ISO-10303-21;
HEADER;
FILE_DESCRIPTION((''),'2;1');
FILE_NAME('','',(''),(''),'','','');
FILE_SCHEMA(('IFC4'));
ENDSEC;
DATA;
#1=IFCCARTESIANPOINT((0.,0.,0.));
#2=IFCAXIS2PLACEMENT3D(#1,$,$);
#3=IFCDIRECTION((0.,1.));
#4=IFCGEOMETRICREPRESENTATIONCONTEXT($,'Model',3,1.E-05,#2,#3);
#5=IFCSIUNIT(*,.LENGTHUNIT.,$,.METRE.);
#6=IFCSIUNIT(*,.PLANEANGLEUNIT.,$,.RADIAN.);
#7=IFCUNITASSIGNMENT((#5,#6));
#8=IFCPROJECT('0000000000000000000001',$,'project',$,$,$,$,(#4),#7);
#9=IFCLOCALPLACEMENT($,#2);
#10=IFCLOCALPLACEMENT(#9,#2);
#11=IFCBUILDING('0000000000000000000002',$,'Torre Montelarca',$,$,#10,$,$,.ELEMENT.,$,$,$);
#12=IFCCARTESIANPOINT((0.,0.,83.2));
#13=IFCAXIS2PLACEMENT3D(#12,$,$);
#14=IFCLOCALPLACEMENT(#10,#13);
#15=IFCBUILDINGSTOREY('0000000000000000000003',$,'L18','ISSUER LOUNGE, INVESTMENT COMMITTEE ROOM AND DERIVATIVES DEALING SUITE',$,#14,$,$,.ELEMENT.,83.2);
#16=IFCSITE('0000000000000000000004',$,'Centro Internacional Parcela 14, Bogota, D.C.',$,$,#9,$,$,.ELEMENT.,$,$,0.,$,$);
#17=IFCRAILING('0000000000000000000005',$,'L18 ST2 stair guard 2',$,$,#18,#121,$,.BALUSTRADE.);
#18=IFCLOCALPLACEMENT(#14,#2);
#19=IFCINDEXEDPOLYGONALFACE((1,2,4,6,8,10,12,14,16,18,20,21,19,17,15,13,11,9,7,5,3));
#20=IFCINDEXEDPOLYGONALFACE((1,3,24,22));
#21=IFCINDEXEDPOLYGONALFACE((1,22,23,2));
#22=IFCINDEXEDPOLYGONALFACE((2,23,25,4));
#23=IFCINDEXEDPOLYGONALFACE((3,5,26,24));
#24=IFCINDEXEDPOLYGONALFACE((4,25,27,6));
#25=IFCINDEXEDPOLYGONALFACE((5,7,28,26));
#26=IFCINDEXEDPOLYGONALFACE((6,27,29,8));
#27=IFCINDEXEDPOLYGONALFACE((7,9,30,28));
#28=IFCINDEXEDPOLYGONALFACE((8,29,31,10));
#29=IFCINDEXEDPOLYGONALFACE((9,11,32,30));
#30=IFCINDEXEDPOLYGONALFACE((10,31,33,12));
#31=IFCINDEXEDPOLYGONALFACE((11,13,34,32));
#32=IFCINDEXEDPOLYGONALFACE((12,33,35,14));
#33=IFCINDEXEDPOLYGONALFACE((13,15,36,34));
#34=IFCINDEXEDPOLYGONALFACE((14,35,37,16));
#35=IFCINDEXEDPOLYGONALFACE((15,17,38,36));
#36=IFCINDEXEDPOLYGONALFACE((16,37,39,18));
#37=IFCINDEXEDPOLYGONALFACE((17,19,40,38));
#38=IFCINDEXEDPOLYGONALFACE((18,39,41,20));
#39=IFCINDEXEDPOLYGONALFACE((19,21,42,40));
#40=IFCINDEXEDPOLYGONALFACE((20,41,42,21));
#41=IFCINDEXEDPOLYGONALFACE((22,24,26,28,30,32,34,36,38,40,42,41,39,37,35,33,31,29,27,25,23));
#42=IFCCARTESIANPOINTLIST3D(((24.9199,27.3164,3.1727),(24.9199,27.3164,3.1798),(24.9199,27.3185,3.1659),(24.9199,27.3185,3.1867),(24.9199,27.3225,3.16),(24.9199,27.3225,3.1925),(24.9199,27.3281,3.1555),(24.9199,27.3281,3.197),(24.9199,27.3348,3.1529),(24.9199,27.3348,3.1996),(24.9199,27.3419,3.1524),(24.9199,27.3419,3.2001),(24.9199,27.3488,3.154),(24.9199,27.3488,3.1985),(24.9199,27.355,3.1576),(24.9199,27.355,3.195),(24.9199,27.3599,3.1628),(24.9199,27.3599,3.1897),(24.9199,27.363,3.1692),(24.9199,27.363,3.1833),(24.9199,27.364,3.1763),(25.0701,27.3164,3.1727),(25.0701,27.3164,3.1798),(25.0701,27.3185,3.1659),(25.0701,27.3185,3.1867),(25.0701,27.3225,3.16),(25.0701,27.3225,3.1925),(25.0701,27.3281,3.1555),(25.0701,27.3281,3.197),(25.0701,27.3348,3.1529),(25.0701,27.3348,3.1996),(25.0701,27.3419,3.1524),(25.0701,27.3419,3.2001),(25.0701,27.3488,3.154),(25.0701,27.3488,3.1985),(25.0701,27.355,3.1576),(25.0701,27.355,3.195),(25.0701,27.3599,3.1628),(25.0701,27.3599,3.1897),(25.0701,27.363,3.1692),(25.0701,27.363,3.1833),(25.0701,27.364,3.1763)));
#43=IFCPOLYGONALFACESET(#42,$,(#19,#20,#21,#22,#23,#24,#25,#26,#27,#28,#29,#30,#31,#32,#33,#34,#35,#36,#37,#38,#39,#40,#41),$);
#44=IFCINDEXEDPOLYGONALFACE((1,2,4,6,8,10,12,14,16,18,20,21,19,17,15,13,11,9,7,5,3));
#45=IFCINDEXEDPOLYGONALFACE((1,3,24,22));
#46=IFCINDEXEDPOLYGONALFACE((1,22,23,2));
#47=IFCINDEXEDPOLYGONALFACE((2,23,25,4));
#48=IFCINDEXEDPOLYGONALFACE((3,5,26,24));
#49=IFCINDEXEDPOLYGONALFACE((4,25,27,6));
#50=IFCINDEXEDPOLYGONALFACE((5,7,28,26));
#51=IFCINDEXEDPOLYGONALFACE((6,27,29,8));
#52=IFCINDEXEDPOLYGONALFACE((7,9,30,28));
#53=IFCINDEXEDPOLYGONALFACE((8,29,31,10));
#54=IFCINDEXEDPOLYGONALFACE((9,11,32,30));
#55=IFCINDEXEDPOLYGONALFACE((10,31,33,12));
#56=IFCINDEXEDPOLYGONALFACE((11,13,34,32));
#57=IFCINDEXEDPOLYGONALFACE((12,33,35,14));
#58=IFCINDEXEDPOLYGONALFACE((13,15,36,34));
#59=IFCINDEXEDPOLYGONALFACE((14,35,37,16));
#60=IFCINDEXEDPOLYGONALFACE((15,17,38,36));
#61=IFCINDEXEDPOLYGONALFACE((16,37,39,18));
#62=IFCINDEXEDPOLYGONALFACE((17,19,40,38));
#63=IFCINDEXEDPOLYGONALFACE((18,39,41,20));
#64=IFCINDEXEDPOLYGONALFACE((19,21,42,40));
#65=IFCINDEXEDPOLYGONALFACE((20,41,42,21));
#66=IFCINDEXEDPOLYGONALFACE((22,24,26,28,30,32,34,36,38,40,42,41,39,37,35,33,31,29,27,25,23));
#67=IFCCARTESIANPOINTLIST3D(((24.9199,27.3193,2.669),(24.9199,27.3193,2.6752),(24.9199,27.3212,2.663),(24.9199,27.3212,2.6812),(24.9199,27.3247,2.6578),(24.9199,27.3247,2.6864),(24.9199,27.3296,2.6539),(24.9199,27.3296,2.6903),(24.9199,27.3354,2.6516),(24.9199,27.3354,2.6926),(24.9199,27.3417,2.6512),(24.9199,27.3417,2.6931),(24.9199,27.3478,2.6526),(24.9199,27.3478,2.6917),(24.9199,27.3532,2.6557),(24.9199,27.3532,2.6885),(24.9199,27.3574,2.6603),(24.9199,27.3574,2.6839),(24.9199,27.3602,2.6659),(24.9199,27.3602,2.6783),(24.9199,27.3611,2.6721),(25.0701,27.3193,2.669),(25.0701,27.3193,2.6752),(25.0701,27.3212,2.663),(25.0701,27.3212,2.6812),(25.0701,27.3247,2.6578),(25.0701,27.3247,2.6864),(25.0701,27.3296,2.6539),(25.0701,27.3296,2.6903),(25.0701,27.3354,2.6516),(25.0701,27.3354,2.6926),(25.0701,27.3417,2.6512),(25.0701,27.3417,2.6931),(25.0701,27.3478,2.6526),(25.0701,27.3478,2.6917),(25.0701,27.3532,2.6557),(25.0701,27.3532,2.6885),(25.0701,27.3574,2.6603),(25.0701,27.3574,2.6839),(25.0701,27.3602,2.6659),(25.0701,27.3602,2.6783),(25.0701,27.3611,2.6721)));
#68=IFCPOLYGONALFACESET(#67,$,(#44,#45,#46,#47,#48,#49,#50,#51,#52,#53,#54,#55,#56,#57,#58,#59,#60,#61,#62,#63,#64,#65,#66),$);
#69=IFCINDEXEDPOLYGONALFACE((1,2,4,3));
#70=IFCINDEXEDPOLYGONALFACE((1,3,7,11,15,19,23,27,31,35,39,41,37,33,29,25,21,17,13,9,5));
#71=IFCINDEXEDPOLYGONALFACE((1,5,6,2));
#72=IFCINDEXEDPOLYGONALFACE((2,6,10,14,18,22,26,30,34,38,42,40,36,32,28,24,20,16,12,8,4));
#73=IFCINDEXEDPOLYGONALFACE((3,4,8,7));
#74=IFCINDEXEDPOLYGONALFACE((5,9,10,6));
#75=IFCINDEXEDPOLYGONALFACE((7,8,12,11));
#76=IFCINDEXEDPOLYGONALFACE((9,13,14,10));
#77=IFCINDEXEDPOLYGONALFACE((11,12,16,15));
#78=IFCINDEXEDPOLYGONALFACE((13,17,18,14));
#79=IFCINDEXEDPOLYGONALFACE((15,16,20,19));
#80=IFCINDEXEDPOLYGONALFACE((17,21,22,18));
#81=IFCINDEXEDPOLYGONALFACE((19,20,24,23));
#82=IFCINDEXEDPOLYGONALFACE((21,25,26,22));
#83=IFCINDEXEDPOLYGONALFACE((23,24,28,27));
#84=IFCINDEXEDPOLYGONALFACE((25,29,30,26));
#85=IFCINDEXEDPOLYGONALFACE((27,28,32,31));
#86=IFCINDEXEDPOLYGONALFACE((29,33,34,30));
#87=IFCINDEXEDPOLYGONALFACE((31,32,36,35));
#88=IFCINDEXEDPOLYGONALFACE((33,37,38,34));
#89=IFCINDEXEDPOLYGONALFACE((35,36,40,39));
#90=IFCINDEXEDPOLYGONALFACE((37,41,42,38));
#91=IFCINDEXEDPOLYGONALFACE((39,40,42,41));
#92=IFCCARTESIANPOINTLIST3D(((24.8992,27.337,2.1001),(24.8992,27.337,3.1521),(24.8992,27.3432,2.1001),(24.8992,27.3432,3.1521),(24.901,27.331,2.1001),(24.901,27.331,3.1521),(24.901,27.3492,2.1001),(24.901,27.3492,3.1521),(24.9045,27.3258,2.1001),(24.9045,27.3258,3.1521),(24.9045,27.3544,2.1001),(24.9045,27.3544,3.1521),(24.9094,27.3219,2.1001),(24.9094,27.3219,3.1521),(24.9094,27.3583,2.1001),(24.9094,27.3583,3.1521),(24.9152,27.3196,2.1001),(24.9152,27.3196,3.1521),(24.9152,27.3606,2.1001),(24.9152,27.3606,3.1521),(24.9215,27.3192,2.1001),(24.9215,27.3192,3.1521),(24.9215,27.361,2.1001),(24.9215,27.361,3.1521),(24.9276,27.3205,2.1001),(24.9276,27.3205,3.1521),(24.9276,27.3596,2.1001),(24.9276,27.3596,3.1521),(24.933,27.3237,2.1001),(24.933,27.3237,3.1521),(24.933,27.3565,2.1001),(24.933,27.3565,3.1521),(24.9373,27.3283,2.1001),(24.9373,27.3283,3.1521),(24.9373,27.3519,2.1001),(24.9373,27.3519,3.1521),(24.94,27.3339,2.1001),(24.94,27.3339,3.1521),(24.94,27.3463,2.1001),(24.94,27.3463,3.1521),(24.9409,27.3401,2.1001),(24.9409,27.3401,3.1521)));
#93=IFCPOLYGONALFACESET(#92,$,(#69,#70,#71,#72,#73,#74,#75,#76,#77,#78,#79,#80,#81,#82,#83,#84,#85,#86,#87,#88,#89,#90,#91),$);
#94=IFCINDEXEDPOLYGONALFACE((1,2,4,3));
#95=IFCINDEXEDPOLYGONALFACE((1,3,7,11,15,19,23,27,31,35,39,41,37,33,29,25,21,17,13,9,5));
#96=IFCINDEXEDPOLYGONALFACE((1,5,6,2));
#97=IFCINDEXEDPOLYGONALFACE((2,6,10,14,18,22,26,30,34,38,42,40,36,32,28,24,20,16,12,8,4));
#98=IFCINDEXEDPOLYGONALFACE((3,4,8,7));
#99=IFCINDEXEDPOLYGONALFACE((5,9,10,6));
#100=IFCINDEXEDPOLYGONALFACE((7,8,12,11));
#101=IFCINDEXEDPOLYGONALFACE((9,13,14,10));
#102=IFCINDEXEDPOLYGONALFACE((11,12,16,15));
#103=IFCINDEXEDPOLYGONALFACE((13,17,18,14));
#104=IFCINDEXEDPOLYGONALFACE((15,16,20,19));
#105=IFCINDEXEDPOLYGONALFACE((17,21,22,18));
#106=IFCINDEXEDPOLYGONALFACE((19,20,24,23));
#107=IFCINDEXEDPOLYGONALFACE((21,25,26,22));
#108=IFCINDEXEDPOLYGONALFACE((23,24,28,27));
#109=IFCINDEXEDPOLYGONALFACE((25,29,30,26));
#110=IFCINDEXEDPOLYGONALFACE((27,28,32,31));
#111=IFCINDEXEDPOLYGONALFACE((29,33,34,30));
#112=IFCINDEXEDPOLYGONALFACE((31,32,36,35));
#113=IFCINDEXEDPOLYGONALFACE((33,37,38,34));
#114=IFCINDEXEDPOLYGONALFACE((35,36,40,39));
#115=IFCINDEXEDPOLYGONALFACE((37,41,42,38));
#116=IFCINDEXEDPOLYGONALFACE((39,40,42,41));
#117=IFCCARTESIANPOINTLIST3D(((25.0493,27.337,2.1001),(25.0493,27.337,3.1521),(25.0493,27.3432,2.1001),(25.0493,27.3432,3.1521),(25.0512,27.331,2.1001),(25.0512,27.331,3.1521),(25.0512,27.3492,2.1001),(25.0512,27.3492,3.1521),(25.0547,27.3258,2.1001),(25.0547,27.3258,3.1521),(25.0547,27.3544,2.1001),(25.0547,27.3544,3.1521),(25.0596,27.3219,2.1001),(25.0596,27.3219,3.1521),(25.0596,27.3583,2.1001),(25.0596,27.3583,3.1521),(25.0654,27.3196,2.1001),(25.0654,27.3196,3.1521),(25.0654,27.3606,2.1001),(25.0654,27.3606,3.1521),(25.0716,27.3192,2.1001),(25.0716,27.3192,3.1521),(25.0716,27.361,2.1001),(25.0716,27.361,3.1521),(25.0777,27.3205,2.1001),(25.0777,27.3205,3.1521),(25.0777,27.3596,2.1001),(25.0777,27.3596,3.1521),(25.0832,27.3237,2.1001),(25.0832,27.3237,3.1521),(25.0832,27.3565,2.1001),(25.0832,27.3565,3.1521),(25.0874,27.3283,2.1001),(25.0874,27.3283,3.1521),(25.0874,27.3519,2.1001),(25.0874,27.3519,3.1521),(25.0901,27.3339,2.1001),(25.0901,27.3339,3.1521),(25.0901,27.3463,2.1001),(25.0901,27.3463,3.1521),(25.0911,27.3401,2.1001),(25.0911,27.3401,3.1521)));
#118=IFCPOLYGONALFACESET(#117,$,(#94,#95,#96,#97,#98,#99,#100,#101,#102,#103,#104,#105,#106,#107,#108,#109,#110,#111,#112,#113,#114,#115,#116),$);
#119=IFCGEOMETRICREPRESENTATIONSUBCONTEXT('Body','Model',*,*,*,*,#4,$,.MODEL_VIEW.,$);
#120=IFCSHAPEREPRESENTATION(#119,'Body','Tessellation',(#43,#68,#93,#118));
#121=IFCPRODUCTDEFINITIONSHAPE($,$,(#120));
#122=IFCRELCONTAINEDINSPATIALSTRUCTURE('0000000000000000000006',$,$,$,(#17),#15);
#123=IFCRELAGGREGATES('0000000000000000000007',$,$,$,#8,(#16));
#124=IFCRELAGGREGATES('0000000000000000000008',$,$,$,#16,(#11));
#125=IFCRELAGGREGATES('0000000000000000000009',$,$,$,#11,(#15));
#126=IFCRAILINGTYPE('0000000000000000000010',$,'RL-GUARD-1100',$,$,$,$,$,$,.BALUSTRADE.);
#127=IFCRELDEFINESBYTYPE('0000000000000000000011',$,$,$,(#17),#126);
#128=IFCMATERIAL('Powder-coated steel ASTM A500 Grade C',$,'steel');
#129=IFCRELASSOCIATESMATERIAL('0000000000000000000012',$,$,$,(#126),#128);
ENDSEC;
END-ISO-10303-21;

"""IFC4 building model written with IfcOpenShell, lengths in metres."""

from ifc_helpers import new_model, si_unit, direction, frame, origin, origin_2d, place, context, subcontext, project, spatial, circle, extrude, material, type_object, element, save


model = new_model("IFC4")

# Units and contexts
model_context = context("Model", 3, precision=1e-05, world=origin(), true_north=direction((0.0, 1.0)))
body_context = subcontext(model_context, "Body", "Model", "MODEL_VIEW")
ifc_project = project(units=[si_unit("LENGTHUNIT", "METRE"), si_unit("PLANEANGLEUNIT", "RADIAN")], contexts=[model_context])

# Site, building, storey
site_placement = place(None, origin())
site = spatial("IfcSite", under=ifc_project, at=site_placement, Name="Centro Internacional Parcela 14, Bogota, D.C.", CompositionType="ELEMENT", RefElevation=0.0)
building_placement = place(site_placement, origin())
building = spatial("IfcBuilding", under=site, at=building_placement, Name="Torre Montelarca", CompositionType="ELEMENT")
storey_placement = place(building_placement, frame((0.0, 0.0, 83.2)))
storey = spatial("IfcBuildingStorey", under=building, at=storey_placement, Name="L18", Description="ISSUER LOUNGE, INVESTMENT COMMITTEE ROOM AND DERIVATIVES DEALING SUITE", CompositionType="ELEMENT", Elevation=83.2)

# Railing
ifc_material_1 = material(Name="Powder-coated steel ASTM A500 Grade C", Category="steel")
railing_type_1 = type_object("IfcRailingType", Name="RL-GUARD-1100", PredefinedType="BALUSTRADE", material=ifc_material_1)
railing_1_placement = place(storey_placement, frame((24.9199, 27.3401, 2.1001)))
element("IfcRailing", 1, at=railing_1_placement, inside=storey, type_object=railing_type_1, Name="L18 ST2 stair guard 2", PredefinedType="BALUSTRADE", context=body_context, shape_type="SweptSolid", body=[
    extrude(circle(Radius=0.0239, at=origin_2d()), frame((0.0, 0.0, 1.0762), z_axis=(1.0, 0.0, 0.0), x_axis=(0.0, 1.0, 0.0)), (0.0, 0.0, 1.0), 0.1501),
    extrude(circle(Radius=0.021, at=origin_2d()), frame((0.0, 0.0, 0.572), z_axis=(1.0, 0.0, 0.0), x_axis=(0.0, 1.0, 0.0)), (0.0, 0.0, 1.0), 0.1501),
    extrude(circle(Radius=0.021, at=origin_2d()), origin(), (0.0, 0.0, 1.0), 1.052),
    extrude(circle(Radius=0.021, at=origin_2d()), frame((0.1501, 0.0, 0.0)), (0.0, 0.0, 1.0), 1.052),
])

save(model, "model.ifc")
